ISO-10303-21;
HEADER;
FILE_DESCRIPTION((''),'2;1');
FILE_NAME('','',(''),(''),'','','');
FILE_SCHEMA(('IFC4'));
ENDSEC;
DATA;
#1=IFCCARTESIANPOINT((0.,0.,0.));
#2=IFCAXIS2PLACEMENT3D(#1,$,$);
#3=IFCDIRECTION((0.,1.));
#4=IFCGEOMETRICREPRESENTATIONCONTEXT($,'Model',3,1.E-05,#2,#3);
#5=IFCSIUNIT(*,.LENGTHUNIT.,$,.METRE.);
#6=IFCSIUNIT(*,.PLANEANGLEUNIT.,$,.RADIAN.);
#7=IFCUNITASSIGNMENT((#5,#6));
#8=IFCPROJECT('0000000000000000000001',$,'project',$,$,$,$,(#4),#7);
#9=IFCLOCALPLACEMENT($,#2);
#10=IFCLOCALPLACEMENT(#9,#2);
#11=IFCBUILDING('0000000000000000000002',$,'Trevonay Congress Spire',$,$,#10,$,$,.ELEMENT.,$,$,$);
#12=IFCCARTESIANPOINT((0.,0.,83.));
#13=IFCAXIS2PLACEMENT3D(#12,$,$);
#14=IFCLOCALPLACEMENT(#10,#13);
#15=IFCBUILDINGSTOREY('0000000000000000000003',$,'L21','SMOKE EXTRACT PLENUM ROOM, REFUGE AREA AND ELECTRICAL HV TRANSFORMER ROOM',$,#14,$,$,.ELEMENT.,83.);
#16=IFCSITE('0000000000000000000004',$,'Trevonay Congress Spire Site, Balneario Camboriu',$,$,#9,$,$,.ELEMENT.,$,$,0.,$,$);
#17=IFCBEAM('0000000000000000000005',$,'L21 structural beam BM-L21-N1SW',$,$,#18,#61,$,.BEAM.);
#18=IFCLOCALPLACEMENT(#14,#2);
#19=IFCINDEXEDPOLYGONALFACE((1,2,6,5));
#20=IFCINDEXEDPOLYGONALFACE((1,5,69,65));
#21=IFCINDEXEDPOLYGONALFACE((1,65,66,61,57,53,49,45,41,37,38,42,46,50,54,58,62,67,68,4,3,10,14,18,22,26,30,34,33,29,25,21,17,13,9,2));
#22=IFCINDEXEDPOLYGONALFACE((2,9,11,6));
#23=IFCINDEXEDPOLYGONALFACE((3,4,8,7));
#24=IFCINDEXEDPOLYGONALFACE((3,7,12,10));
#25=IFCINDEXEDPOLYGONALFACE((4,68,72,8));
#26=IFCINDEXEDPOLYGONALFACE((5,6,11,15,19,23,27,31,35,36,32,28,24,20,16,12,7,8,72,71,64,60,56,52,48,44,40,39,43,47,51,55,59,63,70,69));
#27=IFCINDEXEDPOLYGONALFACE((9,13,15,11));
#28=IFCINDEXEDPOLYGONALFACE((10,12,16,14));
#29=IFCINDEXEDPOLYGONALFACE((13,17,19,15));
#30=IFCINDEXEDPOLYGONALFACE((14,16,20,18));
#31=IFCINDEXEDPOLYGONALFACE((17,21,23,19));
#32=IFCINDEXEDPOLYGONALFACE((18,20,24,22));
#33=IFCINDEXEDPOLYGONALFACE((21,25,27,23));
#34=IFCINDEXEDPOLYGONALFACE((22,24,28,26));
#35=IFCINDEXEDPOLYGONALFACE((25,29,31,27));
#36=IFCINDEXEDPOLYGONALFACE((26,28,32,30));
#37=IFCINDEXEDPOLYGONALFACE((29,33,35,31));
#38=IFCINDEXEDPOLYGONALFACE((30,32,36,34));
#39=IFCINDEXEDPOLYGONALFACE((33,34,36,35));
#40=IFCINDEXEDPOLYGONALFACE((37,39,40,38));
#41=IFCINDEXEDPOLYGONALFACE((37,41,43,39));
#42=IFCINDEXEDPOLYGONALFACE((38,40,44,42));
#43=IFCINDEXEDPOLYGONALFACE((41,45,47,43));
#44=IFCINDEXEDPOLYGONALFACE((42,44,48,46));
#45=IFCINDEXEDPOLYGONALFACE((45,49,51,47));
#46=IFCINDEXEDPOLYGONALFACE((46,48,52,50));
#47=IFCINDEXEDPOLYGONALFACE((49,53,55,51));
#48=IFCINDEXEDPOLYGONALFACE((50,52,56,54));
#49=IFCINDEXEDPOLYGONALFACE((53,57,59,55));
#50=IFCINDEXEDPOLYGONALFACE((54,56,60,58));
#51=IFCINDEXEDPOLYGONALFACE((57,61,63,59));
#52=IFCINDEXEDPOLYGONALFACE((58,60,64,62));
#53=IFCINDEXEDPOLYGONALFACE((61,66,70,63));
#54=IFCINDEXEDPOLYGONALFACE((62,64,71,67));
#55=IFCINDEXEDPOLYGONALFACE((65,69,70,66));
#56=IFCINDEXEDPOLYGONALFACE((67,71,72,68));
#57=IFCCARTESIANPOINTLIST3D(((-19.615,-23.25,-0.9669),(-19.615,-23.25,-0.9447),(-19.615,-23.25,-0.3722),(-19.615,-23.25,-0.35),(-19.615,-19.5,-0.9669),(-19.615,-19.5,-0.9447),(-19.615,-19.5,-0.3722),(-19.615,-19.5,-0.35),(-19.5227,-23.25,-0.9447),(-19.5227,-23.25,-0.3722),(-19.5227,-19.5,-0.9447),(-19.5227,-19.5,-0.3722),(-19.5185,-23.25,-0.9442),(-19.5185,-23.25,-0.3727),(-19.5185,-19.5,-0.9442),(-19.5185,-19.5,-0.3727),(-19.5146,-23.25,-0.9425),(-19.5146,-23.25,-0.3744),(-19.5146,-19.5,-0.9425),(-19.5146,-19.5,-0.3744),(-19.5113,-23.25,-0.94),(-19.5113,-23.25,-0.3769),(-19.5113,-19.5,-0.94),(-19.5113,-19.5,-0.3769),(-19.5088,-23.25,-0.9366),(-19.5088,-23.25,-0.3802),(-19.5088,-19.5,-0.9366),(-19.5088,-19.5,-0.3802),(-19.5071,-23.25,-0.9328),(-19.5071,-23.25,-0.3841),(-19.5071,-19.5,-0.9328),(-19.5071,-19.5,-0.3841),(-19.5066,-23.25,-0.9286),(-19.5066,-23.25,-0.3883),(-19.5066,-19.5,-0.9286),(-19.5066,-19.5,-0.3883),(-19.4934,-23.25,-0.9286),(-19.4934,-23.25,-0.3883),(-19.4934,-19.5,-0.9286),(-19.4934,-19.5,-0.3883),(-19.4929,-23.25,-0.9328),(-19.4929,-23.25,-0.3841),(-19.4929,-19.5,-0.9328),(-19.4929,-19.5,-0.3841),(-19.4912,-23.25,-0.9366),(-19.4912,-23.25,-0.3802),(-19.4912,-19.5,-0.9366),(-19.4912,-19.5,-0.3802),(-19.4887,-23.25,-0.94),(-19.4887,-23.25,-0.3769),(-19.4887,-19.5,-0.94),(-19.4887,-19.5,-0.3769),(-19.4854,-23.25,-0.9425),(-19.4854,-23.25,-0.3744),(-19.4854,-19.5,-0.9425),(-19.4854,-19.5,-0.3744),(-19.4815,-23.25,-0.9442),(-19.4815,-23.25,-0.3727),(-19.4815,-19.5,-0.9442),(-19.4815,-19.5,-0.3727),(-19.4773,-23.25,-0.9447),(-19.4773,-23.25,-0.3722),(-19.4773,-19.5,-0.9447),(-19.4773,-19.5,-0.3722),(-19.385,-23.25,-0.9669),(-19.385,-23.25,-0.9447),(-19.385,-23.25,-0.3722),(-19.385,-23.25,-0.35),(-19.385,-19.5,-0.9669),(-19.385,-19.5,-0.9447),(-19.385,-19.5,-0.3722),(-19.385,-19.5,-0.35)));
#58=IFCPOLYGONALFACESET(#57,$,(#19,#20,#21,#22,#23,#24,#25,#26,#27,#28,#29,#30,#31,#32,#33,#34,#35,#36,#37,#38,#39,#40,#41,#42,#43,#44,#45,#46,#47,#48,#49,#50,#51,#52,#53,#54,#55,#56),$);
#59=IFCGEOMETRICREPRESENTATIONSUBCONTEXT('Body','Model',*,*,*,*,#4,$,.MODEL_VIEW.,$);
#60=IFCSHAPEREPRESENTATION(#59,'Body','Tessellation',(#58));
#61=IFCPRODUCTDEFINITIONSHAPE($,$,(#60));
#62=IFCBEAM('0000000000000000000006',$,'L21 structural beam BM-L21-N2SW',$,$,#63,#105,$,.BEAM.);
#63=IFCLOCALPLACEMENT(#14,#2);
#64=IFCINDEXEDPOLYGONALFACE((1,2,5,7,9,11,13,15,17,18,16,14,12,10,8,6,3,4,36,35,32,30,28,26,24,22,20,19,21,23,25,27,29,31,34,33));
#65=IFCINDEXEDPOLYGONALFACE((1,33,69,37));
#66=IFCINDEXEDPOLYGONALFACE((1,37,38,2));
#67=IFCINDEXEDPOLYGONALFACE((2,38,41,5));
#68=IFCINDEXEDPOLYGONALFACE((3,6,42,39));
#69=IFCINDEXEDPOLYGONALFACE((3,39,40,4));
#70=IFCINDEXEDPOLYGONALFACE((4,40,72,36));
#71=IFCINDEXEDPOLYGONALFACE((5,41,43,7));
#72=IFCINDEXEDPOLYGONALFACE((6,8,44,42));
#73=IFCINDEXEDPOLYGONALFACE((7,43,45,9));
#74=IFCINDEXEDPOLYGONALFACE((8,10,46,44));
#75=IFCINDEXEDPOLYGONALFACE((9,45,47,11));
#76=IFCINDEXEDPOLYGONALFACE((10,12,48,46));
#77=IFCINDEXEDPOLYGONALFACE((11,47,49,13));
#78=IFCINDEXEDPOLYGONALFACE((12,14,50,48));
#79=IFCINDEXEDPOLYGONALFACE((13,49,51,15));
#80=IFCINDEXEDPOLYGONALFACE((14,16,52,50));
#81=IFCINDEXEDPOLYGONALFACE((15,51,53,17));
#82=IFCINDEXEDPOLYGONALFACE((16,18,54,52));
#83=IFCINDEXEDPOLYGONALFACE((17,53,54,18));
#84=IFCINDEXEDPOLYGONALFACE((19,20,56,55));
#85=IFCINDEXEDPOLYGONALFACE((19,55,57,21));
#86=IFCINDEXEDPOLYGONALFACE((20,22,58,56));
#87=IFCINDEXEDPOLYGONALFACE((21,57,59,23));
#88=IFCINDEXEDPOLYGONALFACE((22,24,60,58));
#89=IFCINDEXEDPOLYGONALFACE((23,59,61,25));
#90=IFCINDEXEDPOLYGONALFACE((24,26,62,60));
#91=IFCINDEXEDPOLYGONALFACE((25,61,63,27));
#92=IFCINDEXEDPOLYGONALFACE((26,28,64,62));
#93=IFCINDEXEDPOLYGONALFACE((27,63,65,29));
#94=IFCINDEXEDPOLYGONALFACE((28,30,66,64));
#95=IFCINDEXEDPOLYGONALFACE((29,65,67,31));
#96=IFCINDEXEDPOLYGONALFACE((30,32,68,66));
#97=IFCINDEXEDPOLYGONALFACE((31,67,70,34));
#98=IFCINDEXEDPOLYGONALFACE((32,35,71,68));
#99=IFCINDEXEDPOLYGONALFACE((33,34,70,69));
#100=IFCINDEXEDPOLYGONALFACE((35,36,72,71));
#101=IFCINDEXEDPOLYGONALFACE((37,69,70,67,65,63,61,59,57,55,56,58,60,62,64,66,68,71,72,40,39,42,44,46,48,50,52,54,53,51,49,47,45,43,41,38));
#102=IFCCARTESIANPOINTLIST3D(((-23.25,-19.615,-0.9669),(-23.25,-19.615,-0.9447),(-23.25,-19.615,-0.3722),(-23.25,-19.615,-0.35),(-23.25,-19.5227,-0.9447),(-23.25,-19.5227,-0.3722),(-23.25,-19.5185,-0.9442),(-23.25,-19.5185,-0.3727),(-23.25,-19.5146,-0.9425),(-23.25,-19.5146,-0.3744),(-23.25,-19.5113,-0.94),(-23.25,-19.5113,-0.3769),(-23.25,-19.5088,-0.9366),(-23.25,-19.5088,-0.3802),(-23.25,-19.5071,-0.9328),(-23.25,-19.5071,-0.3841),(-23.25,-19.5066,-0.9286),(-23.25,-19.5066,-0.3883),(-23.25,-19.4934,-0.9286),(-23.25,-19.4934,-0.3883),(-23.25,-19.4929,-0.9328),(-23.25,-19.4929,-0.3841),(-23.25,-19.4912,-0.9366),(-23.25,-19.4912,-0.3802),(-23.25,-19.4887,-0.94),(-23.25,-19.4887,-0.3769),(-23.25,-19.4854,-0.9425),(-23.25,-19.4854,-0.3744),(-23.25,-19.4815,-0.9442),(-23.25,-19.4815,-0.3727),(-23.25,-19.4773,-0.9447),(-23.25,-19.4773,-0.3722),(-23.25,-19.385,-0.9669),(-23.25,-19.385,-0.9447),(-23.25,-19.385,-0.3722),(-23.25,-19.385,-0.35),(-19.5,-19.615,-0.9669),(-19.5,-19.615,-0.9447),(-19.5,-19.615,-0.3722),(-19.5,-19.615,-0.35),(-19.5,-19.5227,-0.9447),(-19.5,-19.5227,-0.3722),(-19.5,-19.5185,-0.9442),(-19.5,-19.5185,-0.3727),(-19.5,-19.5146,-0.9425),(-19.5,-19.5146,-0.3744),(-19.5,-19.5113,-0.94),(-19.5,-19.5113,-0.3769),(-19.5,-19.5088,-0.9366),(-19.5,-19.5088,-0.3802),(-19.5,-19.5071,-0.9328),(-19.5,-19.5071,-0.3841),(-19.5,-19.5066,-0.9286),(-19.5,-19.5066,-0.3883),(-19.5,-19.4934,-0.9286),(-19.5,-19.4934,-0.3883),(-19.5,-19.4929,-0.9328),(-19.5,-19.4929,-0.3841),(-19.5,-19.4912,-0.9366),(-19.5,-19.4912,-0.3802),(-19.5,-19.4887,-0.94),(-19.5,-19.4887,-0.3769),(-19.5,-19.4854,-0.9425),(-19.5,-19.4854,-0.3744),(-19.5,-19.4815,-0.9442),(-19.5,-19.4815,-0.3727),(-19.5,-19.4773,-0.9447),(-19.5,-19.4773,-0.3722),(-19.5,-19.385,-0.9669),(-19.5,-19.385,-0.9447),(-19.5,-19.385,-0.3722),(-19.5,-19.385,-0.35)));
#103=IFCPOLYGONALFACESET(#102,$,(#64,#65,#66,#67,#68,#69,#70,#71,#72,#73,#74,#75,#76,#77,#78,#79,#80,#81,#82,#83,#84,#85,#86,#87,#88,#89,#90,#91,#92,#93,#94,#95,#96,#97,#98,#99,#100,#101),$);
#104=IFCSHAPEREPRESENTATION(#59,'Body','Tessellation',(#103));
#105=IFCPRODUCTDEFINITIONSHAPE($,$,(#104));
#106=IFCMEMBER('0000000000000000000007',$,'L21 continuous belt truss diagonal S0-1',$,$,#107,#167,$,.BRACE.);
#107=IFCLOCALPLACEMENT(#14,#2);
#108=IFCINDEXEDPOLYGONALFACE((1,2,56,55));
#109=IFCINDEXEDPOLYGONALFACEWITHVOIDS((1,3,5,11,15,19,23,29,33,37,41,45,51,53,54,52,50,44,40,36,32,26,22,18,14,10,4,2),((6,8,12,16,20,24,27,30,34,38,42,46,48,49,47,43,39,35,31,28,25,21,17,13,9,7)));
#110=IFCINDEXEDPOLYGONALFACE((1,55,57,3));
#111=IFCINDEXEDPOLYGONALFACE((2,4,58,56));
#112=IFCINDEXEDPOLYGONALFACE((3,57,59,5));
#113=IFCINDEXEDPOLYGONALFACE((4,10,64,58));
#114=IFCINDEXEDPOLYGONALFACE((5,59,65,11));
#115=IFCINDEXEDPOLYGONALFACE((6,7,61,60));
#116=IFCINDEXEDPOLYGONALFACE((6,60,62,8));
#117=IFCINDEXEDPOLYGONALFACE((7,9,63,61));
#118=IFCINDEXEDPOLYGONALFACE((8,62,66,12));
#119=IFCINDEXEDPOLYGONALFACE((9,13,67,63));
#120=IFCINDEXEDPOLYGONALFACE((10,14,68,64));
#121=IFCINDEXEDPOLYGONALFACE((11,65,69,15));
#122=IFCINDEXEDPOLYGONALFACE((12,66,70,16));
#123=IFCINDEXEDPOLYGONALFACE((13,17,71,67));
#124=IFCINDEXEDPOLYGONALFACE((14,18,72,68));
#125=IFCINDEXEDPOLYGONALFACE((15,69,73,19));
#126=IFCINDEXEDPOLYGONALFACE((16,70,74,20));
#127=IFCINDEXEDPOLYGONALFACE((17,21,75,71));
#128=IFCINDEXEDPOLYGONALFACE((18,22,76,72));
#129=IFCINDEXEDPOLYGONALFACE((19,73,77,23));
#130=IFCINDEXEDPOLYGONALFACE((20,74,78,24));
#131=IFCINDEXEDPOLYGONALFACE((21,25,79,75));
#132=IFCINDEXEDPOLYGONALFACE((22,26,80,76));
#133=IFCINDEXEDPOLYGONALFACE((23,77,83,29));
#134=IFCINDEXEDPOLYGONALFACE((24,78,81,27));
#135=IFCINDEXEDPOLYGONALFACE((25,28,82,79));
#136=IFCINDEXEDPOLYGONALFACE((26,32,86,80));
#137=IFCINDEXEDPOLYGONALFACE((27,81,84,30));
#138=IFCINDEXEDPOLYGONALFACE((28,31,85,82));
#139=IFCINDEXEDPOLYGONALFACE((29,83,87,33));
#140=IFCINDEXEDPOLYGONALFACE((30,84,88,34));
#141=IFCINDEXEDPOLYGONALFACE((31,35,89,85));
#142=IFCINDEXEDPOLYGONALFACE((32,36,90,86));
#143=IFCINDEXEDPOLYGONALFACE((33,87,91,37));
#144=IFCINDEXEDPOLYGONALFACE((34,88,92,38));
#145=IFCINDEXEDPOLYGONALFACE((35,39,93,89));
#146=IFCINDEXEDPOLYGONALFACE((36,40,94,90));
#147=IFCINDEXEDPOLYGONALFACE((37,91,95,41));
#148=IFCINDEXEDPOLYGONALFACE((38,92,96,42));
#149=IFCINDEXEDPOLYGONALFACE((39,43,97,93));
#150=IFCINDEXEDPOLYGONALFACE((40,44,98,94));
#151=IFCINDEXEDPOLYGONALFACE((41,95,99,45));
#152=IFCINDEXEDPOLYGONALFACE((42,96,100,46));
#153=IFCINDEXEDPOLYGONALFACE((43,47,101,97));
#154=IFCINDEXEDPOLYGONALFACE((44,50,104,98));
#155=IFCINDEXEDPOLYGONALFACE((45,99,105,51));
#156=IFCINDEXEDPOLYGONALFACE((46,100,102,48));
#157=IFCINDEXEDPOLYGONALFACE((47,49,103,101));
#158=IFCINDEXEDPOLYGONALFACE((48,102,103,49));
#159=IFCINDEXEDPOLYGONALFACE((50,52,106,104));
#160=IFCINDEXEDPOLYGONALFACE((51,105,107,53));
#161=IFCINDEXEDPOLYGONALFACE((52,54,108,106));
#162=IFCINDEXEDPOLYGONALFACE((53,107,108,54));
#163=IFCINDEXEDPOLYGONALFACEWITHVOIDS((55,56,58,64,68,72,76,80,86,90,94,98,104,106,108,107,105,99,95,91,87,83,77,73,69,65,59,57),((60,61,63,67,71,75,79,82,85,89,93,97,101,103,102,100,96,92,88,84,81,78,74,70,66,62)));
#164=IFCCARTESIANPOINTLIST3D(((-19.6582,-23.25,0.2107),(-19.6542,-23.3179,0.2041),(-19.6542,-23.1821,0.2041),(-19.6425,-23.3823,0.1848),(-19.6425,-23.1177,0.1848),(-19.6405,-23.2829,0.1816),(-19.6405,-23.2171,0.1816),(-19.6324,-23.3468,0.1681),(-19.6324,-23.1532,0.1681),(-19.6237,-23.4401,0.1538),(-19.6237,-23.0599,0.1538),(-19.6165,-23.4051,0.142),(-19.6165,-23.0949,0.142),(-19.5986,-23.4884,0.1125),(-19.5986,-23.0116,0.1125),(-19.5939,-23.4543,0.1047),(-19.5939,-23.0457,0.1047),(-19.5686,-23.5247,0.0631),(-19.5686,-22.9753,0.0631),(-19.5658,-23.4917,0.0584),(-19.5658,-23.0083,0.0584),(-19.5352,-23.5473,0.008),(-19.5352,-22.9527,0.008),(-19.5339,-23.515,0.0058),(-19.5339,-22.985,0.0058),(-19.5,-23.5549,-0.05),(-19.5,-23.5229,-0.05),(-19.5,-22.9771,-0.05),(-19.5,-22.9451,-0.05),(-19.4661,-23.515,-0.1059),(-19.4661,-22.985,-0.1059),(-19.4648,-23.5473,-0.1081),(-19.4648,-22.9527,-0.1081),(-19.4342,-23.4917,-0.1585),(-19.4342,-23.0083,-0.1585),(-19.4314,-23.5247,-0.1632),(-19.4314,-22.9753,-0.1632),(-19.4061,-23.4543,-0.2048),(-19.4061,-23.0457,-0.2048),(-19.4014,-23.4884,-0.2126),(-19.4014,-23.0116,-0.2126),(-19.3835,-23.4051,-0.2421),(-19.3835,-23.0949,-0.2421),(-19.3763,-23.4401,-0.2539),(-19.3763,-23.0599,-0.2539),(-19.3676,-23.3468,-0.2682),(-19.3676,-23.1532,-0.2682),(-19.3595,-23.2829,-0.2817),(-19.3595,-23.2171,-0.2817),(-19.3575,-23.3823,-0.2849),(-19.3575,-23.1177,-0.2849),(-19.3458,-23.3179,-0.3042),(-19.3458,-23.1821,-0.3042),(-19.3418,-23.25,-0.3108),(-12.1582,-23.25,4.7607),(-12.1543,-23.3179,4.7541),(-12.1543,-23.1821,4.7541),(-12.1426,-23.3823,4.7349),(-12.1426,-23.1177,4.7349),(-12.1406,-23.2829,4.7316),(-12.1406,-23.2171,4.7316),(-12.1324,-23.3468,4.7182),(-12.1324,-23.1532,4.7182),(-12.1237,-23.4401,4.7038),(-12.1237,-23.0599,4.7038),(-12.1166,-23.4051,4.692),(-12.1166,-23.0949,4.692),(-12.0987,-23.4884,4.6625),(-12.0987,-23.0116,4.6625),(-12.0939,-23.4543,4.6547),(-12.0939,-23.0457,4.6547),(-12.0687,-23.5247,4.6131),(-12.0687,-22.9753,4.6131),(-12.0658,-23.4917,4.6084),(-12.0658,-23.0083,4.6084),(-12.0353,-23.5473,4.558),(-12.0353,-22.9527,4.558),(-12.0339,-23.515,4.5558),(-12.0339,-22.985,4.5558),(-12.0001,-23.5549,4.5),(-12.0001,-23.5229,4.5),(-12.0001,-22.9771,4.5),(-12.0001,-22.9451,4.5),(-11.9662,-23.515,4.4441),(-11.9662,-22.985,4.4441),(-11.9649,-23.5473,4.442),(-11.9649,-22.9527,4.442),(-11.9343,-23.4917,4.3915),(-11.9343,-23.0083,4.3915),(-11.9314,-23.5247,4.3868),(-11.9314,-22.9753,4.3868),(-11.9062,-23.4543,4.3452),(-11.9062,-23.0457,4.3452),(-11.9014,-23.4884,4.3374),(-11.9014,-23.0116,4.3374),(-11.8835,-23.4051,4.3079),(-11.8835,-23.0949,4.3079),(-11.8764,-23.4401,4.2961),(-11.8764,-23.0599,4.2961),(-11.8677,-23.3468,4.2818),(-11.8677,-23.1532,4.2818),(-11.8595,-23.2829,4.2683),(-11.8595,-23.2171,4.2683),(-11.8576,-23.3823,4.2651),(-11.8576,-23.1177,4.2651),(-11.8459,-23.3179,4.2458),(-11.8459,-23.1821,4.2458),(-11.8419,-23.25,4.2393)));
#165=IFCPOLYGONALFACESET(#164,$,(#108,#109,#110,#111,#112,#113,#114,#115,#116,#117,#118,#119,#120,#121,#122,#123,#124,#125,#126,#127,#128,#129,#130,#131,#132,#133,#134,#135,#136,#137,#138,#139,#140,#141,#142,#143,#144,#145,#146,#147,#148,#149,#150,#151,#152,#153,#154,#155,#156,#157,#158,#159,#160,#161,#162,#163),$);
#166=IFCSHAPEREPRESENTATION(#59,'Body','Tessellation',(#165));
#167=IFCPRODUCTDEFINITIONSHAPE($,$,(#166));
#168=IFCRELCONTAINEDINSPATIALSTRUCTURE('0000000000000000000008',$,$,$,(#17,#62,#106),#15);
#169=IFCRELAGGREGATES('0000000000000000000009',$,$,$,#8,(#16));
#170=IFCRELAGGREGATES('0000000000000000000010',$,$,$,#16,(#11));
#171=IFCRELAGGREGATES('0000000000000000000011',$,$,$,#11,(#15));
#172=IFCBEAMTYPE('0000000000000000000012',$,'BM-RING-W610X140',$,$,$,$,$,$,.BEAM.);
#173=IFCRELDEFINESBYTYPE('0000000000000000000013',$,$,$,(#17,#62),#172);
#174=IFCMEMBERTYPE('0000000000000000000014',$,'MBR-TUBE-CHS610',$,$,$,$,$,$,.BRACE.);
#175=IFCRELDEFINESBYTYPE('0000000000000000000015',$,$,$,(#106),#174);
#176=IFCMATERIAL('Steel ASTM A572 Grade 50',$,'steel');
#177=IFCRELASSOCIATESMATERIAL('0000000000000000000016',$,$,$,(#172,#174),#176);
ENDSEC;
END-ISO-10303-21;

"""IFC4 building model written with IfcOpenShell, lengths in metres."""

from ifc_helpers import new_model, si_unit, direction, frame, origin, origin_2d, place, context, subcontext, project, spatial, hollow_circle, i_section, extrude, material, material_profile, profile_set, type_object, element, save


model = new_model("IFC4")

# Units and contexts
model_context = context("Model", 3, precision=1e-05, world=origin(), true_north=direction((0.0, 1.0)))
body_context = subcontext(model_context, "Body", "Model", "MODEL_VIEW")
ifc_project = project(units=[si_unit("LENGTHUNIT", "METRE"), si_unit("PLANEANGLEUNIT", "RADIAN")], contexts=[model_context])

# Site, building, storey
site_placement = place(None, origin())
site = spatial("IfcSite", under=ifc_project, at=site_placement, Name="Trevonay Congress Spire Site, Balneario Camboriu", CompositionType="ELEMENT", RefElevation=0.0)
building_placement = place(site_placement, origin())
building = spatial("IfcBuilding", under=site, at=building_placement, Name="Trevonay Congress Spire", CompositionType="ELEMENT")
storey_placement = place(building_placement, frame((0.0, 0.0, 83.0)))
storey = spatial("IfcBuildingStorey", under=building, at=storey_placement, Name="L21", Description="SMOKE EXTRACT PLENUM ROOM, REFUGE AREA AND ELECTRICAL HV TRANSFORMER ROOM", CompositionType="ELEMENT", Elevation=83.0)

# Shared definitions
ifc_material_1 = material(Name="Steel ASTM A572 Grade 50", Category="steel")

# Beams
ifc_material_profile_1 = material_profile(ifc_material_1, i_section(OverallWidth=0.23, OverallDepth=0.6169, WebThickness=0.0132, FlangeThickness=0.0222, FilletRadius=0.0161, at=origin_2d()), Name="W610x140")
ifc_profile_set_1 = profile_set([ifc_material_profile_1], Name="Steel ASTM A572 Grade 50")
beam_type = type_object("IfcBeamType", Name="BM-RING-W610X140", PredefinedType="BEAM", material=ifc_profile_set_1)
for number, where, z_axis, x_axis, name in (
    (1, (-19.5, -23.25, -0.6584), (0.0, 1.0, 0.0), (-1.0, 0.0, 0.0), "L21 structural beam BM-L21-N1SW"),
    (2, (-23.25, -19.5, -0.6584), (1.0, 0.0, 0.0), (0.0, 1.0, 0.0), "L21 structural beam BM-L21-N2SW"),
):
    element("IfcBeam", number, at=place(storey_placement, frame(where, z_axis=z_axis, x_axis=x_axis)), inside=storey, type_object=beam_type, Name=name, PredefinedType="BEAM", context=body_context, shape_type="SweptSolid", body=[
        extrude(i_section(OverallWidth=0.23, OverallDepth=0.6169, WebThickness=0.0132, FlangeThickness=0.0222, FilletRadius=0.0161, at=origin_2d()), origin(), (0.0, 0.0, 1.0), 3.75),
    ])

# Member
ifc_material_profile_2 = material_profile(ifc_material_1, hollow_circle(Radius=0.3049, WallThickness=0.032, at=origin_2d()), Name="CHS 610x32")
ifc_profile_set_2 = profile_set([ifc_material_profile_2], Name="Steel ASTM A572 Grade 50")
member_type = type_object("IfcMemberType", Name="MBR-TUBE-CHS610", PredefinedType="BRACE", material=ifc_profile_set_2)
member_1_placement = place(storey_placement, frame((-19.5, -23.25, -0.05), z_axis=(0.854966, 0.0, 0.518685), x_axis=(0.0, 1.0, 0.0)))
element("IfcMember", 3, at=member_1_placement, inside=storey, type_object=member_type, Name="L21 continuous belt truss diagonal S0-1", PredefinedType="BRACE", context=body_context, shape_type="SweptSolid", body=[
    extrude(hollow_circle(Radius=0.3049, WallThickness=0.032, at=origin_2d()), origin(), (0.0, 0.0, 1.0), 8.7722),
])

save(model, "model.ifc")
